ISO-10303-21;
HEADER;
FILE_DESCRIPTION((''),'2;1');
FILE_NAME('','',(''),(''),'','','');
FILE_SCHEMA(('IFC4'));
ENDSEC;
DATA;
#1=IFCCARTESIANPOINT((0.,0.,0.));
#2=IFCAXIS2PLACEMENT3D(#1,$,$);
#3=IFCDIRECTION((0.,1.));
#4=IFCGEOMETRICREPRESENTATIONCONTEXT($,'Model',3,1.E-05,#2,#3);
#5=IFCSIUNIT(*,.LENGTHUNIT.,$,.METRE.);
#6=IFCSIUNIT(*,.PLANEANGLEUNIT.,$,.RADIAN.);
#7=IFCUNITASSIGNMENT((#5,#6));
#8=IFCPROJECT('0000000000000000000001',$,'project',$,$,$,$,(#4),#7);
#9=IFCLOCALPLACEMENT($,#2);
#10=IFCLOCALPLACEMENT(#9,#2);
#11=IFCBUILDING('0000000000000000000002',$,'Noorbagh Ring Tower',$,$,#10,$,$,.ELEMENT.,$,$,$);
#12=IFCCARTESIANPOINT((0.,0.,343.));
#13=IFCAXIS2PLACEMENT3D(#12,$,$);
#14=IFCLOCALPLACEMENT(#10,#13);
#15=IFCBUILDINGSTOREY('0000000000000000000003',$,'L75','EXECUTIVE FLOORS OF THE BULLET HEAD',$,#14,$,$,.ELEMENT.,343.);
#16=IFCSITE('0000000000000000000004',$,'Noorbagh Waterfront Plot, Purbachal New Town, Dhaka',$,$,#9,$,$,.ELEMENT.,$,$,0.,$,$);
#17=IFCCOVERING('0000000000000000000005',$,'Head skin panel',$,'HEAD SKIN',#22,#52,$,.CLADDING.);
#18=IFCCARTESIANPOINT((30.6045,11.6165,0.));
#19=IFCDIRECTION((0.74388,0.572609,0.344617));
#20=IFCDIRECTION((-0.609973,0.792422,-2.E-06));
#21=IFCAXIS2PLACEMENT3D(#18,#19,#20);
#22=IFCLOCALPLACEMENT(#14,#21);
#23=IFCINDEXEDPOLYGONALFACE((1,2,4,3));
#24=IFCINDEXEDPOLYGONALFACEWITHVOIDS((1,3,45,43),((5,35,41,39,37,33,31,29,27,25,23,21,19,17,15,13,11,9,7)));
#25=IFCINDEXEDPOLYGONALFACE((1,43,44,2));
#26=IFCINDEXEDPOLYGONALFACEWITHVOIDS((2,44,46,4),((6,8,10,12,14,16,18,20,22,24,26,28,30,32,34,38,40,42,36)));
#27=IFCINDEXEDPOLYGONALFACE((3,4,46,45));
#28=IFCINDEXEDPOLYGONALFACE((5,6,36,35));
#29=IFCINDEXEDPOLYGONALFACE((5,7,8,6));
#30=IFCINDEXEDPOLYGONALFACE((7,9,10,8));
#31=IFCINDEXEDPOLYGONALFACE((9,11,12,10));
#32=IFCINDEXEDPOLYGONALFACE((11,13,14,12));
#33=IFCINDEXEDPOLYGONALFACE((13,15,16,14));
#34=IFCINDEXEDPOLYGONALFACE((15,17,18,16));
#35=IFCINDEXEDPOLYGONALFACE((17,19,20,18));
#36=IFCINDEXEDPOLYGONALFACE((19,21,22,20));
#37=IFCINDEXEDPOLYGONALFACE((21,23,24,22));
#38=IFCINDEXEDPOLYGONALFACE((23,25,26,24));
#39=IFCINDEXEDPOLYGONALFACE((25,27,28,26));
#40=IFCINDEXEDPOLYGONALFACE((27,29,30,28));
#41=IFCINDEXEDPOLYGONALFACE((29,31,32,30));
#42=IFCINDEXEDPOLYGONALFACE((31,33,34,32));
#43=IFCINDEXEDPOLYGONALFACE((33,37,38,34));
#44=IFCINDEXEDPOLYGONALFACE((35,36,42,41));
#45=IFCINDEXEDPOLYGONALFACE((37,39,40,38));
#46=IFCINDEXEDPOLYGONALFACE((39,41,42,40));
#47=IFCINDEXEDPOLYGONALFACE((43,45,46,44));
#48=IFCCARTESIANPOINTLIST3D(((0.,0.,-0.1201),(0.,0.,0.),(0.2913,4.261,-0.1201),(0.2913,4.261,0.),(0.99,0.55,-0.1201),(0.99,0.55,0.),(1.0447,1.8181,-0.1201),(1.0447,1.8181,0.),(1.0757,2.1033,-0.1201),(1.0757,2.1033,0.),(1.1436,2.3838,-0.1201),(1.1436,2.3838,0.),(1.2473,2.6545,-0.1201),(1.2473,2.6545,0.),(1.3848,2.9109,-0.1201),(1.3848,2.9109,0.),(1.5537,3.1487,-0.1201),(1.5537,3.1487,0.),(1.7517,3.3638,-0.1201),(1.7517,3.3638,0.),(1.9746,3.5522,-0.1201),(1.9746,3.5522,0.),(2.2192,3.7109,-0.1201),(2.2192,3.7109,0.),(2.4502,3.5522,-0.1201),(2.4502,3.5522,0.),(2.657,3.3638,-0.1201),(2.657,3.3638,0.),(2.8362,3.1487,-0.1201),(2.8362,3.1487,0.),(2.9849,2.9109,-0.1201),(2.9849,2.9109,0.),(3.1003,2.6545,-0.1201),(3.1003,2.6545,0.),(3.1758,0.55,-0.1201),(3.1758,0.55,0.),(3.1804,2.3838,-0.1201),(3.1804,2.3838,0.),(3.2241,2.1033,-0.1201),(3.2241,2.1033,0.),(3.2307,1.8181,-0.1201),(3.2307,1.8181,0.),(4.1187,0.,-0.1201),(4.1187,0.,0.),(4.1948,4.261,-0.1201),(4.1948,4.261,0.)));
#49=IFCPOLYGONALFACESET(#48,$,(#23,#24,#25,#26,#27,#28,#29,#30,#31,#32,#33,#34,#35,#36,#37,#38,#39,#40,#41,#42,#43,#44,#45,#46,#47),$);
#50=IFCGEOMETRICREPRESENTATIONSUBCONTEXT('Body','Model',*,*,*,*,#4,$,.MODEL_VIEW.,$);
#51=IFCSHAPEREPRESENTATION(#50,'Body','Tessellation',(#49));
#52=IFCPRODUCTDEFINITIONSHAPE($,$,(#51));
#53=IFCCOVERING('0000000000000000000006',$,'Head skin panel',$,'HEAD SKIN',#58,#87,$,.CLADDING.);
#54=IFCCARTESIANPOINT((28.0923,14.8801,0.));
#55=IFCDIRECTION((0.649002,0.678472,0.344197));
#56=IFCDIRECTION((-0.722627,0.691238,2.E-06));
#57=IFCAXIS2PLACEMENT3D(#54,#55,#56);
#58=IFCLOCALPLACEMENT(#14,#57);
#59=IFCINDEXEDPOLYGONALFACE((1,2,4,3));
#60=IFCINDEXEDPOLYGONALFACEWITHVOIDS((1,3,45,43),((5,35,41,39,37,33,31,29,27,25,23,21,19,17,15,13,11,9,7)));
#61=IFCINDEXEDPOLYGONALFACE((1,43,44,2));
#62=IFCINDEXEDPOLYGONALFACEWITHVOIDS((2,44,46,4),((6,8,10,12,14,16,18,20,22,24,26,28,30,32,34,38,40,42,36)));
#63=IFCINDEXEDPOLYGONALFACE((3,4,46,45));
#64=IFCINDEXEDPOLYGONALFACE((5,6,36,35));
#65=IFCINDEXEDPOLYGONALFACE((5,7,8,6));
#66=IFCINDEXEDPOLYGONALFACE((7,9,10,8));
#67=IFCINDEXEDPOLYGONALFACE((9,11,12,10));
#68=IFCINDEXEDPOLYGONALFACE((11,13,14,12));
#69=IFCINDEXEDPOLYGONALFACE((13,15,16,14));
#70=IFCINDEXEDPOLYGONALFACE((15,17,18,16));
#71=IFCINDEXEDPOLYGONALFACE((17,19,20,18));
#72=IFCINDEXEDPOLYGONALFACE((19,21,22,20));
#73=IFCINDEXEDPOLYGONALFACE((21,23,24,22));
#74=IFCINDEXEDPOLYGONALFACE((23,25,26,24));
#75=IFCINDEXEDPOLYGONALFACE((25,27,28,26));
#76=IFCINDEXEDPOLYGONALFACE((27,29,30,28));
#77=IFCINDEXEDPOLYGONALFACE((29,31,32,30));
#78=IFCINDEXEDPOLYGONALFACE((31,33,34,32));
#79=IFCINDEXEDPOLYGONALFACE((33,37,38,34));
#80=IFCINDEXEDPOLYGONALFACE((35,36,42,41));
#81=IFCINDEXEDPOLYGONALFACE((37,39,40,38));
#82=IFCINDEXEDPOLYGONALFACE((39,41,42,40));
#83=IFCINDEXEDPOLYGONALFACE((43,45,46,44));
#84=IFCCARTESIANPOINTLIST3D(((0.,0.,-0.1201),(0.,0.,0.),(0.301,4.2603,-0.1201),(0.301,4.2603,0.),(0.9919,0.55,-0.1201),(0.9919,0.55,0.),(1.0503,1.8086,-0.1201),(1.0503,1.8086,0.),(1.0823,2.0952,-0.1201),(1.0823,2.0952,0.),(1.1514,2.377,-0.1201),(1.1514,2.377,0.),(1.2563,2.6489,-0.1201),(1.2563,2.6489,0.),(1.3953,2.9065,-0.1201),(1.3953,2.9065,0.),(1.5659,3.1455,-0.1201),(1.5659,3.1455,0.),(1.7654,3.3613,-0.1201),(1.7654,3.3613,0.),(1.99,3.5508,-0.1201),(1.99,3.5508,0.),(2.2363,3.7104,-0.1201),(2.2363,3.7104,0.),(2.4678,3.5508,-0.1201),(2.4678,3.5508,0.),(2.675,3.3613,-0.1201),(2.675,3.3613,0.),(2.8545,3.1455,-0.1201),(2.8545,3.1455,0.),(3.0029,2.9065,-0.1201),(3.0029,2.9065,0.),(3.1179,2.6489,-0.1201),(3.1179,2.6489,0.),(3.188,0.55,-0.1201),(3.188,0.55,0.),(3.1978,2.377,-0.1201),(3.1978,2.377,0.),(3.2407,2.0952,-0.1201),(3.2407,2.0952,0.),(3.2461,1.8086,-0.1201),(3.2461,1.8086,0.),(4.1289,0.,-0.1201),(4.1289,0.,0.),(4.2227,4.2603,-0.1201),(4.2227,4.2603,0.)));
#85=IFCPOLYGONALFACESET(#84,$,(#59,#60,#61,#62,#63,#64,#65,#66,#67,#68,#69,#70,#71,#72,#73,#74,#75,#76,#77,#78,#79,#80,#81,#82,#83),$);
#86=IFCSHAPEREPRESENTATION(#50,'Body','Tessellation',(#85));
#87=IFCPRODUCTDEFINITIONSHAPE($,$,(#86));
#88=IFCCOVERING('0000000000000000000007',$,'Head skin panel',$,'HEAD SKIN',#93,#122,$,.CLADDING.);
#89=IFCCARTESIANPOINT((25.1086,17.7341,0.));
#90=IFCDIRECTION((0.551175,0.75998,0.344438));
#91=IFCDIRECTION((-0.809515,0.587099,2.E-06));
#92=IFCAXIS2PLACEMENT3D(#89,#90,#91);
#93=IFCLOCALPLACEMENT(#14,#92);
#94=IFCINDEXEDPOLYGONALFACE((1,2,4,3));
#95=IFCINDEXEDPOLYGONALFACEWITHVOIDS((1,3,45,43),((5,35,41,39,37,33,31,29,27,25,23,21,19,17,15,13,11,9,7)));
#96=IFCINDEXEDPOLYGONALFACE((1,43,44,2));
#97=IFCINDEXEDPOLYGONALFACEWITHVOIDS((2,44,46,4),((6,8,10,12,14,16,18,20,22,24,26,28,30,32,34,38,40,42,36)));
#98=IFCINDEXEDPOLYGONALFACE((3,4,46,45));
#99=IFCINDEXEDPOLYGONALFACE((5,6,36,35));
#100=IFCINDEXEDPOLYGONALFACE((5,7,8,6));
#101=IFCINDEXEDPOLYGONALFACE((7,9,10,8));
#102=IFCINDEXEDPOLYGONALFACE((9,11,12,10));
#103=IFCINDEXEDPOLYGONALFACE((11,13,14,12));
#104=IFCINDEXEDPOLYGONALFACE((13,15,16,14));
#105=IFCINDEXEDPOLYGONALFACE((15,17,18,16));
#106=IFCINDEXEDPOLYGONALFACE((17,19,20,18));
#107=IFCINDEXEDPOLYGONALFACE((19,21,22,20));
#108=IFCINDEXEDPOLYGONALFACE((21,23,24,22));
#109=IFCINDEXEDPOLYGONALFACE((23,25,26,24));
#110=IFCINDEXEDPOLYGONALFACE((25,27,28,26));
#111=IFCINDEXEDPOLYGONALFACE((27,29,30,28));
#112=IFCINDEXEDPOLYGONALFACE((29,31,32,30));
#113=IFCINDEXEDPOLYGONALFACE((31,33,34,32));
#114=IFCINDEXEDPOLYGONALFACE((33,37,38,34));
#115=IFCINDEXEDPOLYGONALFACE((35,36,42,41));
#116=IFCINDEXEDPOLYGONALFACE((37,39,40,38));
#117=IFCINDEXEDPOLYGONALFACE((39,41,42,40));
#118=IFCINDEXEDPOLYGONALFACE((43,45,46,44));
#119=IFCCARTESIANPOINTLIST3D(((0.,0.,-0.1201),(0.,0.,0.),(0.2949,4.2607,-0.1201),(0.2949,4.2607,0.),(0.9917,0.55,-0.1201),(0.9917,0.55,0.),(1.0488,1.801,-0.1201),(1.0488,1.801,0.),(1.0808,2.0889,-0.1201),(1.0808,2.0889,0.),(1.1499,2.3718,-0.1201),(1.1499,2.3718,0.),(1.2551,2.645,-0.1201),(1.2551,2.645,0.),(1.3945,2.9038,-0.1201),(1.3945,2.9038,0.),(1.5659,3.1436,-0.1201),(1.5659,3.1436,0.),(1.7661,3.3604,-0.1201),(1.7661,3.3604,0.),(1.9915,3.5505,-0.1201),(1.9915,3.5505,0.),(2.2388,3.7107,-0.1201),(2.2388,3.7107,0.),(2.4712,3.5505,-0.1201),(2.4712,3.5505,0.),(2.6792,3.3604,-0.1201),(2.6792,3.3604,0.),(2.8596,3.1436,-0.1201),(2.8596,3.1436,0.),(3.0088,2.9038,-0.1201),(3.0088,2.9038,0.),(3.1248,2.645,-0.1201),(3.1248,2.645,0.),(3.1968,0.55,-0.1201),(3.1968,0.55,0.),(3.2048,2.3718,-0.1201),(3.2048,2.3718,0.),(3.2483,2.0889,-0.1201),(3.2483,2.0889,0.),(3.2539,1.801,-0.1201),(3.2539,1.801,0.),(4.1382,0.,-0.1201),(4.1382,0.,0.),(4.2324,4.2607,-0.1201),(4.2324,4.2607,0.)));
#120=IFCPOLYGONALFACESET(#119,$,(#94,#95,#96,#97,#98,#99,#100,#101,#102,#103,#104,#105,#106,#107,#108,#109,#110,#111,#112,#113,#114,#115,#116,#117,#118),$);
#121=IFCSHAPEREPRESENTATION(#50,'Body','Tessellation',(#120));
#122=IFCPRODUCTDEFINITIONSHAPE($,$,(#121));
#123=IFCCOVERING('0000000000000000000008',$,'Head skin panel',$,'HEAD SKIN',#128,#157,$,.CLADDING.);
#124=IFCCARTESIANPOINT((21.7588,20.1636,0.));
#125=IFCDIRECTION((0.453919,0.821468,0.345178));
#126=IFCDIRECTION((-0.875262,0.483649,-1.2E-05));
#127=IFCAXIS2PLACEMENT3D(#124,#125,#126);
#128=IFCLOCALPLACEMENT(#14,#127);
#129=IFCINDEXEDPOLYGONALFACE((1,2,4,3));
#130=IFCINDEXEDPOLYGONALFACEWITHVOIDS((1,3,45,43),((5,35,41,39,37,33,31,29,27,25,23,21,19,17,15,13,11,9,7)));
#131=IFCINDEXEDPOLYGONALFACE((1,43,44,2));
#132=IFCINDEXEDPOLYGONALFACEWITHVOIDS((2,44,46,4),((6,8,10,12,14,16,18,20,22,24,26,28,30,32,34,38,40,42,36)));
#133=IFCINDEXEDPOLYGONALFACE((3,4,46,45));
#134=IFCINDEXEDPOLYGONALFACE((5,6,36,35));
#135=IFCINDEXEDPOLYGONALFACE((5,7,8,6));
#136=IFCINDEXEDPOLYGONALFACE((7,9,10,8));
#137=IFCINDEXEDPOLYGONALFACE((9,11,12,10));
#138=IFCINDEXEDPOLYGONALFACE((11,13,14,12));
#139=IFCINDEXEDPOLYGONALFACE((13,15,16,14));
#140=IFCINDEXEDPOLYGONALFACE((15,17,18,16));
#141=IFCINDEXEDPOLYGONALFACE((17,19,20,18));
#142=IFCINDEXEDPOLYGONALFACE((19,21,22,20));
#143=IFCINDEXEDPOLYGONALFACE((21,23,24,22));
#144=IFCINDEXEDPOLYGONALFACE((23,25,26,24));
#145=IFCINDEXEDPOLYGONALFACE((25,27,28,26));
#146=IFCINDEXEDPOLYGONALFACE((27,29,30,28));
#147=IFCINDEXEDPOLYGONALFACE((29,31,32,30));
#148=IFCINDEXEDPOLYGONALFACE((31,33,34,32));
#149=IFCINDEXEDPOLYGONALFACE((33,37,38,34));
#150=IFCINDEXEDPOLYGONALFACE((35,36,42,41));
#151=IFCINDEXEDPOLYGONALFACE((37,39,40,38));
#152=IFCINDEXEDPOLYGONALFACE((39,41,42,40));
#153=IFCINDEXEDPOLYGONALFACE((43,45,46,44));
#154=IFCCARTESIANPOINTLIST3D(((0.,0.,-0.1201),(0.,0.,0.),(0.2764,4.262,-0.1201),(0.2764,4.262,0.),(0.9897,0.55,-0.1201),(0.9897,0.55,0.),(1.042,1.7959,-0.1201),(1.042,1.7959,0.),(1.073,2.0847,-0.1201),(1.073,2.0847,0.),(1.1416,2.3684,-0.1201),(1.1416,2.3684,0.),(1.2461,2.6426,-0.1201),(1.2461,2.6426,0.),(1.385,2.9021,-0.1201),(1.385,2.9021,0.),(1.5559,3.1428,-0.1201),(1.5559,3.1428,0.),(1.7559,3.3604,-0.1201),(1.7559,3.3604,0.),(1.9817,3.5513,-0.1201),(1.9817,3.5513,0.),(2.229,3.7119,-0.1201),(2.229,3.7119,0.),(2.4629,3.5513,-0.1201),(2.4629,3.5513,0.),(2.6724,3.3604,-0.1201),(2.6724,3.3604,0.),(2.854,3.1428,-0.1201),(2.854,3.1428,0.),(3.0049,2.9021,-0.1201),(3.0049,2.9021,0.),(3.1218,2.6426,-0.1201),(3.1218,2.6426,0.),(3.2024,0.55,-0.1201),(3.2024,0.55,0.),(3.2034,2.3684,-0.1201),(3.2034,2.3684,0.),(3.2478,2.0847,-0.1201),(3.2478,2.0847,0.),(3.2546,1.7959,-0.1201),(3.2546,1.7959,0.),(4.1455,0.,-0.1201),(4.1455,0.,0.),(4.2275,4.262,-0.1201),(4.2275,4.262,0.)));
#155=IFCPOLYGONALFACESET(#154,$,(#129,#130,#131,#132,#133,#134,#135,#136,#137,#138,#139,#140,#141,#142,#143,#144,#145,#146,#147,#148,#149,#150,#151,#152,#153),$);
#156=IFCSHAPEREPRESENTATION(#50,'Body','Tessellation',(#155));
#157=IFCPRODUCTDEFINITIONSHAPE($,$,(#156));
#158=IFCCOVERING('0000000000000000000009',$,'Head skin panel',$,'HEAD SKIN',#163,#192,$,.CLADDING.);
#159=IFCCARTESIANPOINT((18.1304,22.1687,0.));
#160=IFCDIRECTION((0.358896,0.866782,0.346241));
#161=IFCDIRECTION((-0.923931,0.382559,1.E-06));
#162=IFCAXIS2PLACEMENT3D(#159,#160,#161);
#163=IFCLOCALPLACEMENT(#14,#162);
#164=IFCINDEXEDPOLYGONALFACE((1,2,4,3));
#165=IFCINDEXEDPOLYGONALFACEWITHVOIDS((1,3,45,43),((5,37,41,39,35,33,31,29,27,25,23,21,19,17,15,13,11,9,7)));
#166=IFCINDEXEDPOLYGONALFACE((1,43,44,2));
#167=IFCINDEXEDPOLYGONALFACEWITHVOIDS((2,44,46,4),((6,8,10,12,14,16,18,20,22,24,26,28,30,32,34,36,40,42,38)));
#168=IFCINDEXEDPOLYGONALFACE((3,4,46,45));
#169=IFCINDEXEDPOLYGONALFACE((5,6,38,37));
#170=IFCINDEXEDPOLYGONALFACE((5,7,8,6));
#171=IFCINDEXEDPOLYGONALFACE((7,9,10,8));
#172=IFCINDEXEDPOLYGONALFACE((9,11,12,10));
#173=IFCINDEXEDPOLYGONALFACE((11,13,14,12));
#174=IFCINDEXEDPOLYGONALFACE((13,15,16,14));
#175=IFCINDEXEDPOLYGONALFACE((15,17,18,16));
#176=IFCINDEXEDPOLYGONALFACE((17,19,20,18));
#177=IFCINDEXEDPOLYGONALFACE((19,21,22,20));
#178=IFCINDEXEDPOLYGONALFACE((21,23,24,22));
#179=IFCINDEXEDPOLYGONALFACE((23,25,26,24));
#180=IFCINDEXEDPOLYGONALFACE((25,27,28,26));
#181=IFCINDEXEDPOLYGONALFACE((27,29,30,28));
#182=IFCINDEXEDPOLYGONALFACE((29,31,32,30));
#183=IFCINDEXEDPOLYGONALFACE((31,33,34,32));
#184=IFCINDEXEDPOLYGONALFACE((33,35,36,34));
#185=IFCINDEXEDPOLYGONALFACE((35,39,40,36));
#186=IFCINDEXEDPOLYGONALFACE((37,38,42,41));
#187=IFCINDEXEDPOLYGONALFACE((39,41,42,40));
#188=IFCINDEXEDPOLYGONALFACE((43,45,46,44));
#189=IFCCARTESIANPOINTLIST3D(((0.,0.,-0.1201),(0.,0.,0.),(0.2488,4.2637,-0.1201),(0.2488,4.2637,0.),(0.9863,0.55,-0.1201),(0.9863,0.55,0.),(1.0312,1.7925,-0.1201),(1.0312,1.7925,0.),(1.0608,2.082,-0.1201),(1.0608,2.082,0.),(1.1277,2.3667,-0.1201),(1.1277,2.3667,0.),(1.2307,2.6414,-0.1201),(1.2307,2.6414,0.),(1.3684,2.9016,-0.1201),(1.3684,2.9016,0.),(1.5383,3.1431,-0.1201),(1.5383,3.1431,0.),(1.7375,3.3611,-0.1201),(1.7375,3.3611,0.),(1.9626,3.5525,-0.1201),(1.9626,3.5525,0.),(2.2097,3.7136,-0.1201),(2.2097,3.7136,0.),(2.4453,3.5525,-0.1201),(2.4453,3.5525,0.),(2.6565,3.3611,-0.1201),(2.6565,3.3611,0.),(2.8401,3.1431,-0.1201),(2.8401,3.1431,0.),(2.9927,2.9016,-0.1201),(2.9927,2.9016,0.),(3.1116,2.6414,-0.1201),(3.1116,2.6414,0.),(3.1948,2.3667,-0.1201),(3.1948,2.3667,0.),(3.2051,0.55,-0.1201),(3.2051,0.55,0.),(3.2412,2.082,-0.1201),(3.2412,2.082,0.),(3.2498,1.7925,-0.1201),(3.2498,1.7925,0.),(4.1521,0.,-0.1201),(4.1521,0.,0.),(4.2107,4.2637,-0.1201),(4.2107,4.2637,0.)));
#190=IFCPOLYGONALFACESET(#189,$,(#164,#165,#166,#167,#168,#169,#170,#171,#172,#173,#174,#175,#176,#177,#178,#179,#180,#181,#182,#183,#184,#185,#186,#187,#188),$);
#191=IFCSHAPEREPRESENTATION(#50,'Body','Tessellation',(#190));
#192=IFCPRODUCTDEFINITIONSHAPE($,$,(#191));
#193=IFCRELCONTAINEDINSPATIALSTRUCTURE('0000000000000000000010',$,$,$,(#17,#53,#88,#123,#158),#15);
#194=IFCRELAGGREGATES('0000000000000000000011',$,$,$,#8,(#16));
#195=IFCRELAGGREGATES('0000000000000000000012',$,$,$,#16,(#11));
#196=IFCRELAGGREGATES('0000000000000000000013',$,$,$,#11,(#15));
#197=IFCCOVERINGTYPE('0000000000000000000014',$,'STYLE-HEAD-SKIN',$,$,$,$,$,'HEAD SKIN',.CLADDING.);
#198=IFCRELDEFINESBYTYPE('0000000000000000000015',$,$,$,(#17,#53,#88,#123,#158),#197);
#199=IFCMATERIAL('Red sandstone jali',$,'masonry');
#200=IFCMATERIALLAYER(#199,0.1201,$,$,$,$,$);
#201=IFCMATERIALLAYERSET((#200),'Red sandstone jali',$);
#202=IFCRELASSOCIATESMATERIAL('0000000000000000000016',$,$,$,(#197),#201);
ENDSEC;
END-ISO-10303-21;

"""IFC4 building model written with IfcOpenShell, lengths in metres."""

from ifc_helpers import new_model, si_unit, direction, frame, origin, place, context, subcontext, project, spatial, polyline, outline, extrude, material, layer, layer_set, type_object, element, save


model = new_model("IFC4")

# Units and contexts
model_context = context("Model", 3, precision=1e-05, world=origin(), true_north=direction((0.0, 1.0)))
body_context = subcontext(model_context, "Body", "Model", "MODEL_VIEW")
ifc_project = project(units=[si_unit("LENGTHUNIT", "METRE"), si_unit("PLANEANGLEUNIT", "RADIAN")], contexts=[model_context])

# Site, building, storey
site_placement = place(None, origin())
site = spatial("IfcSite", under=ifc_project, at=site_placement, Name="Noorbagh Waterfront Plot, Purbachal New Town, Dhaka", CompositionType="ELEMENT", RefElevation=0.0)
building_placement = place(site_placement, origin())
building = spatial("IfcBuilding", under=site, at=building_placement, Name="Noorbagh Ring Tower", CompositionType="ELEMENT")
storey_placement = place(building_placement, frame((0.0, 0.0, 343.0)))
storey = spatial("IfcBuildingStorey", under=building, at=storey_placement, Name="L75", Description="EXECUTIVE FLOORS OF THE BULLET HEAD", CompositionType="ELEMENT", Elevation=343.0)

# Coverings
ifc_material_1 = material(Name="Red sandstone jali", Category="masonry")
ifc_layer_1 = layer(ifc_material_1, 0.1201)
ifc_layer_set_1 = layer_set([ifc_layer_1], Name="Red sandstone jali")
covering_type_1 = type_object("IfcCoveringType", Name="STYLE-HEAD-SKIN", ElementType="HEAD SKIN", PredefinedType="CLADDING", material=ifc_layer_set_1)
covering_1_placement = place(storey_placement, frame((30.6045, 11.6165, 0.0), z_axis=(0.74388, 0.572609, 0.344617), x_axis=(-0.609973, 0.792422, -0.000002)))
element("IfcCovering", 1, at=covering_1_placement, inside=storey, type_object=covering_type_1, Name="Head skin panel", ObjectType="HEAD SKIN", PredefinedType="CLADDING", context=body_context, shape_type="SweptSolid", body=[
    extrude(outline(polyline([(0.0, 0.0), (4.1187, 0.0), (4.1948, 4.261), (0.2913, 4.261), (0.0, 0.0)]), holes=[polyline([(0.99, 0.55), (1.0447, 1.8181), (1.0757, 2.1033), (1.1436, 2.3838), (1.2473, 2.6545), (1.3848, 2.9109), (1.5537, 3.1487), (1.7517, 3.3638), (1.9746, 3.5522), (2.2192, 3.7109), (2.4502, 3.5522), (2.657, 3.3638), (2.8362, 3.1487), (2.9849, 2.9109), (3.1003, 2.6545), (3.1804, 2.3838), (3.2241, 2.1033), (3.2307, 1.8181), (3.1758, 0.55), (0.99, 0.55)])]), origin(), (0.0, 0.0, -1.0), 0.1201),
])
covering_2_placement = place(storey_placement, frame((28.0923, 14.8801, 0.0), z_axis=(0.649002, 0.678472, 0.344197), x_axis=(-0.722627, 0.691238, 0.000002)))
element("IfcCovering", 2, at=covering_2_placement, inside=storey, type_object=covering_type_1, Name="Head skin panel", ObjectType="HEAD SKIN", PredefinedType="CLADDING", context=body_context, shape_type="SweptSolid", body=[
    extrude(outline(polyline([(0.0, 0.0), (4.1289, 0.0), (4.2227, 4.2603), (0.301, 4.2603), (0.0, 0.0)]), holes=[polyline([(0.9919, 0.55), (1.0503, 1.8086), (1.0823, 2.0952), (1.1514, 2.377), (1.2563, 2.6489), (1.3953, 2.9065), (1.5659, 3.1455), (1.7654, 3.3613), (1.99, 3.5508), (2.2363, 3.7104), (2.4678, 3.5508), (2.675, 3.3613), (2.8545, 3.1455), (3.0029, 2.9065), (3.1179, 2.6489), (3.1978, 2.377), (3.2407, 2.0952), (3.2461, 1.8086), (3.188, 0.55), (0.9919, 0.55)])]), origin(), (0.0, 0.0, -1.0), 0.1201),
])
covering_3_placement = place(storey_placement, frame((25.1086, 17.7341, 0.0), z_axis=(0.551175, 0.75998, 0.344438), x_axis=(-0.809515, 0.587099, 0.000002)))
element("IfcCovering", 3, at=covering_3_placement, inside=storey, type_object=covering_type_1, Name="Head skin panel", ObjectType="HEAD SKIN", PredefinedType="CLADDING", context=body_context, shape_type="SweptSolid", body=[
    extrude(outline(polyline([(0.0, 0.0), (4.1382, 0.0), (4.2324, 4.2607), (0.2949, 4.2607), (0.0, 0.0)]), holes=[polyline([(0.9917, 0.55), (1.0488, 1.801), (1.0808, 2.0889), (1.1499, 2.3718), (1.2551, 2.645), (1.3945, 2.9038), (1.5659, 3.1436), (1.7661, 3.3604), (1.9915, 3.5505), (2.2388, 3.7107), (2.4712, 3.5505), (2.6792, 3.3604), (2.8596, 3.1436), (3.0088, 2.9038), (3.1248, 2.645), (3.2048, 2.3718), (3.2483, 2.0889), (3.2539, 1.801), (3.1968, 0.55), (0.9917, 0.55)])]), origin(), (0.0, 0.0, -1.0), 0.1201),
])
covering_4_placement = place(storey_placement, frame((21.7588, 20.1636, 0.0), z_axis=(0.453919, 0.821468, 0.345178), x_axis=(-0.875262, 0.483649, -0.000012)))
element("IfcCovering", 4, at=covering_4_placement, inside=storey, type_object=covering_type_1, Name="Head skin panel", ObjectType="HEAD SKIN", PredefinedType="CLADDING", context=body_context, shape_type="SweptSolid", body=[
    extrude(outline(polyline([(0.0, 0.0), (4.1455, 0.0), (4.2275, 4.262), (0.2764, 4.262), (0.0, 0.0)]), holes=[polyline([(0.9897, 0.55), (1.042, 1.7959), (1.073, 2.0847), (1.1416, 2.3684), (1.2461, 2.6426), (1.385, 2.9021), (1.5559, 3.1428), (1.7559, 3.3604), (1.9817, 3.5513), (2.229, 3.7119), (2.4629, 3.5513), (2.6724, 3.3604), (2.854, 3.1428), (3.0049, 2.9021), (3.1218, 2.6426), (3.2034, 2.3684), (3.2478, 2.0847), (3.2546, 1.7959), (3.2024, 0.55), (0.9897, 0.55)])]), origin(), (0.0, 0.0, -1.0), 0.1201),
])
covering_5_placement = place(storey_placement, frame((18.1304, 22.1687, 0.0), z_axis=(0.358896, 0.866782, 0.346241), x_axis=(-0.923931, 0.382559, 0.000001)))
element("IfcCovering", 5, at=covering_5_placement, inside=storey, type_object=covering_type_1, Name="Head skin panel", ObjectType="HEAD SKIN", PredefinedType="CLADDING", context=body_context, shape_type="SweptSolid", body=[
    extrude(outline(polyline([(0.0, 0.0), (4.1521, 0.0), (4.2107, 4.2637), (0.2488, 4.2637), (0.0, 0.0)]), holes=[polyline([(0.9863, 0.55), (1.0312, 1.7925), (1.0608, 2.082), (1.1277, 2.3667), (1.2307, 2.6414), (1.3684, 2.9016), (1.5383, 3.1431), (1.7375, 3.3611), (1.9626, 3.5525), (2.2097, 3.7136), (2.4453, 3.5525), (2.6565, 3.3611), (2.8401, 3.1431), (2.9927, 2.9016), (3.1116, 2.6414), (3.1948, 2.3667), (3.2412, 2.082), (3.2498, 1.7925), (3.2051, 0.55), (0.9863, 0.55)])]), origin(), (0.0, 0.0, -1.0), 0.1201),
])

save(model, "model.ifc")
